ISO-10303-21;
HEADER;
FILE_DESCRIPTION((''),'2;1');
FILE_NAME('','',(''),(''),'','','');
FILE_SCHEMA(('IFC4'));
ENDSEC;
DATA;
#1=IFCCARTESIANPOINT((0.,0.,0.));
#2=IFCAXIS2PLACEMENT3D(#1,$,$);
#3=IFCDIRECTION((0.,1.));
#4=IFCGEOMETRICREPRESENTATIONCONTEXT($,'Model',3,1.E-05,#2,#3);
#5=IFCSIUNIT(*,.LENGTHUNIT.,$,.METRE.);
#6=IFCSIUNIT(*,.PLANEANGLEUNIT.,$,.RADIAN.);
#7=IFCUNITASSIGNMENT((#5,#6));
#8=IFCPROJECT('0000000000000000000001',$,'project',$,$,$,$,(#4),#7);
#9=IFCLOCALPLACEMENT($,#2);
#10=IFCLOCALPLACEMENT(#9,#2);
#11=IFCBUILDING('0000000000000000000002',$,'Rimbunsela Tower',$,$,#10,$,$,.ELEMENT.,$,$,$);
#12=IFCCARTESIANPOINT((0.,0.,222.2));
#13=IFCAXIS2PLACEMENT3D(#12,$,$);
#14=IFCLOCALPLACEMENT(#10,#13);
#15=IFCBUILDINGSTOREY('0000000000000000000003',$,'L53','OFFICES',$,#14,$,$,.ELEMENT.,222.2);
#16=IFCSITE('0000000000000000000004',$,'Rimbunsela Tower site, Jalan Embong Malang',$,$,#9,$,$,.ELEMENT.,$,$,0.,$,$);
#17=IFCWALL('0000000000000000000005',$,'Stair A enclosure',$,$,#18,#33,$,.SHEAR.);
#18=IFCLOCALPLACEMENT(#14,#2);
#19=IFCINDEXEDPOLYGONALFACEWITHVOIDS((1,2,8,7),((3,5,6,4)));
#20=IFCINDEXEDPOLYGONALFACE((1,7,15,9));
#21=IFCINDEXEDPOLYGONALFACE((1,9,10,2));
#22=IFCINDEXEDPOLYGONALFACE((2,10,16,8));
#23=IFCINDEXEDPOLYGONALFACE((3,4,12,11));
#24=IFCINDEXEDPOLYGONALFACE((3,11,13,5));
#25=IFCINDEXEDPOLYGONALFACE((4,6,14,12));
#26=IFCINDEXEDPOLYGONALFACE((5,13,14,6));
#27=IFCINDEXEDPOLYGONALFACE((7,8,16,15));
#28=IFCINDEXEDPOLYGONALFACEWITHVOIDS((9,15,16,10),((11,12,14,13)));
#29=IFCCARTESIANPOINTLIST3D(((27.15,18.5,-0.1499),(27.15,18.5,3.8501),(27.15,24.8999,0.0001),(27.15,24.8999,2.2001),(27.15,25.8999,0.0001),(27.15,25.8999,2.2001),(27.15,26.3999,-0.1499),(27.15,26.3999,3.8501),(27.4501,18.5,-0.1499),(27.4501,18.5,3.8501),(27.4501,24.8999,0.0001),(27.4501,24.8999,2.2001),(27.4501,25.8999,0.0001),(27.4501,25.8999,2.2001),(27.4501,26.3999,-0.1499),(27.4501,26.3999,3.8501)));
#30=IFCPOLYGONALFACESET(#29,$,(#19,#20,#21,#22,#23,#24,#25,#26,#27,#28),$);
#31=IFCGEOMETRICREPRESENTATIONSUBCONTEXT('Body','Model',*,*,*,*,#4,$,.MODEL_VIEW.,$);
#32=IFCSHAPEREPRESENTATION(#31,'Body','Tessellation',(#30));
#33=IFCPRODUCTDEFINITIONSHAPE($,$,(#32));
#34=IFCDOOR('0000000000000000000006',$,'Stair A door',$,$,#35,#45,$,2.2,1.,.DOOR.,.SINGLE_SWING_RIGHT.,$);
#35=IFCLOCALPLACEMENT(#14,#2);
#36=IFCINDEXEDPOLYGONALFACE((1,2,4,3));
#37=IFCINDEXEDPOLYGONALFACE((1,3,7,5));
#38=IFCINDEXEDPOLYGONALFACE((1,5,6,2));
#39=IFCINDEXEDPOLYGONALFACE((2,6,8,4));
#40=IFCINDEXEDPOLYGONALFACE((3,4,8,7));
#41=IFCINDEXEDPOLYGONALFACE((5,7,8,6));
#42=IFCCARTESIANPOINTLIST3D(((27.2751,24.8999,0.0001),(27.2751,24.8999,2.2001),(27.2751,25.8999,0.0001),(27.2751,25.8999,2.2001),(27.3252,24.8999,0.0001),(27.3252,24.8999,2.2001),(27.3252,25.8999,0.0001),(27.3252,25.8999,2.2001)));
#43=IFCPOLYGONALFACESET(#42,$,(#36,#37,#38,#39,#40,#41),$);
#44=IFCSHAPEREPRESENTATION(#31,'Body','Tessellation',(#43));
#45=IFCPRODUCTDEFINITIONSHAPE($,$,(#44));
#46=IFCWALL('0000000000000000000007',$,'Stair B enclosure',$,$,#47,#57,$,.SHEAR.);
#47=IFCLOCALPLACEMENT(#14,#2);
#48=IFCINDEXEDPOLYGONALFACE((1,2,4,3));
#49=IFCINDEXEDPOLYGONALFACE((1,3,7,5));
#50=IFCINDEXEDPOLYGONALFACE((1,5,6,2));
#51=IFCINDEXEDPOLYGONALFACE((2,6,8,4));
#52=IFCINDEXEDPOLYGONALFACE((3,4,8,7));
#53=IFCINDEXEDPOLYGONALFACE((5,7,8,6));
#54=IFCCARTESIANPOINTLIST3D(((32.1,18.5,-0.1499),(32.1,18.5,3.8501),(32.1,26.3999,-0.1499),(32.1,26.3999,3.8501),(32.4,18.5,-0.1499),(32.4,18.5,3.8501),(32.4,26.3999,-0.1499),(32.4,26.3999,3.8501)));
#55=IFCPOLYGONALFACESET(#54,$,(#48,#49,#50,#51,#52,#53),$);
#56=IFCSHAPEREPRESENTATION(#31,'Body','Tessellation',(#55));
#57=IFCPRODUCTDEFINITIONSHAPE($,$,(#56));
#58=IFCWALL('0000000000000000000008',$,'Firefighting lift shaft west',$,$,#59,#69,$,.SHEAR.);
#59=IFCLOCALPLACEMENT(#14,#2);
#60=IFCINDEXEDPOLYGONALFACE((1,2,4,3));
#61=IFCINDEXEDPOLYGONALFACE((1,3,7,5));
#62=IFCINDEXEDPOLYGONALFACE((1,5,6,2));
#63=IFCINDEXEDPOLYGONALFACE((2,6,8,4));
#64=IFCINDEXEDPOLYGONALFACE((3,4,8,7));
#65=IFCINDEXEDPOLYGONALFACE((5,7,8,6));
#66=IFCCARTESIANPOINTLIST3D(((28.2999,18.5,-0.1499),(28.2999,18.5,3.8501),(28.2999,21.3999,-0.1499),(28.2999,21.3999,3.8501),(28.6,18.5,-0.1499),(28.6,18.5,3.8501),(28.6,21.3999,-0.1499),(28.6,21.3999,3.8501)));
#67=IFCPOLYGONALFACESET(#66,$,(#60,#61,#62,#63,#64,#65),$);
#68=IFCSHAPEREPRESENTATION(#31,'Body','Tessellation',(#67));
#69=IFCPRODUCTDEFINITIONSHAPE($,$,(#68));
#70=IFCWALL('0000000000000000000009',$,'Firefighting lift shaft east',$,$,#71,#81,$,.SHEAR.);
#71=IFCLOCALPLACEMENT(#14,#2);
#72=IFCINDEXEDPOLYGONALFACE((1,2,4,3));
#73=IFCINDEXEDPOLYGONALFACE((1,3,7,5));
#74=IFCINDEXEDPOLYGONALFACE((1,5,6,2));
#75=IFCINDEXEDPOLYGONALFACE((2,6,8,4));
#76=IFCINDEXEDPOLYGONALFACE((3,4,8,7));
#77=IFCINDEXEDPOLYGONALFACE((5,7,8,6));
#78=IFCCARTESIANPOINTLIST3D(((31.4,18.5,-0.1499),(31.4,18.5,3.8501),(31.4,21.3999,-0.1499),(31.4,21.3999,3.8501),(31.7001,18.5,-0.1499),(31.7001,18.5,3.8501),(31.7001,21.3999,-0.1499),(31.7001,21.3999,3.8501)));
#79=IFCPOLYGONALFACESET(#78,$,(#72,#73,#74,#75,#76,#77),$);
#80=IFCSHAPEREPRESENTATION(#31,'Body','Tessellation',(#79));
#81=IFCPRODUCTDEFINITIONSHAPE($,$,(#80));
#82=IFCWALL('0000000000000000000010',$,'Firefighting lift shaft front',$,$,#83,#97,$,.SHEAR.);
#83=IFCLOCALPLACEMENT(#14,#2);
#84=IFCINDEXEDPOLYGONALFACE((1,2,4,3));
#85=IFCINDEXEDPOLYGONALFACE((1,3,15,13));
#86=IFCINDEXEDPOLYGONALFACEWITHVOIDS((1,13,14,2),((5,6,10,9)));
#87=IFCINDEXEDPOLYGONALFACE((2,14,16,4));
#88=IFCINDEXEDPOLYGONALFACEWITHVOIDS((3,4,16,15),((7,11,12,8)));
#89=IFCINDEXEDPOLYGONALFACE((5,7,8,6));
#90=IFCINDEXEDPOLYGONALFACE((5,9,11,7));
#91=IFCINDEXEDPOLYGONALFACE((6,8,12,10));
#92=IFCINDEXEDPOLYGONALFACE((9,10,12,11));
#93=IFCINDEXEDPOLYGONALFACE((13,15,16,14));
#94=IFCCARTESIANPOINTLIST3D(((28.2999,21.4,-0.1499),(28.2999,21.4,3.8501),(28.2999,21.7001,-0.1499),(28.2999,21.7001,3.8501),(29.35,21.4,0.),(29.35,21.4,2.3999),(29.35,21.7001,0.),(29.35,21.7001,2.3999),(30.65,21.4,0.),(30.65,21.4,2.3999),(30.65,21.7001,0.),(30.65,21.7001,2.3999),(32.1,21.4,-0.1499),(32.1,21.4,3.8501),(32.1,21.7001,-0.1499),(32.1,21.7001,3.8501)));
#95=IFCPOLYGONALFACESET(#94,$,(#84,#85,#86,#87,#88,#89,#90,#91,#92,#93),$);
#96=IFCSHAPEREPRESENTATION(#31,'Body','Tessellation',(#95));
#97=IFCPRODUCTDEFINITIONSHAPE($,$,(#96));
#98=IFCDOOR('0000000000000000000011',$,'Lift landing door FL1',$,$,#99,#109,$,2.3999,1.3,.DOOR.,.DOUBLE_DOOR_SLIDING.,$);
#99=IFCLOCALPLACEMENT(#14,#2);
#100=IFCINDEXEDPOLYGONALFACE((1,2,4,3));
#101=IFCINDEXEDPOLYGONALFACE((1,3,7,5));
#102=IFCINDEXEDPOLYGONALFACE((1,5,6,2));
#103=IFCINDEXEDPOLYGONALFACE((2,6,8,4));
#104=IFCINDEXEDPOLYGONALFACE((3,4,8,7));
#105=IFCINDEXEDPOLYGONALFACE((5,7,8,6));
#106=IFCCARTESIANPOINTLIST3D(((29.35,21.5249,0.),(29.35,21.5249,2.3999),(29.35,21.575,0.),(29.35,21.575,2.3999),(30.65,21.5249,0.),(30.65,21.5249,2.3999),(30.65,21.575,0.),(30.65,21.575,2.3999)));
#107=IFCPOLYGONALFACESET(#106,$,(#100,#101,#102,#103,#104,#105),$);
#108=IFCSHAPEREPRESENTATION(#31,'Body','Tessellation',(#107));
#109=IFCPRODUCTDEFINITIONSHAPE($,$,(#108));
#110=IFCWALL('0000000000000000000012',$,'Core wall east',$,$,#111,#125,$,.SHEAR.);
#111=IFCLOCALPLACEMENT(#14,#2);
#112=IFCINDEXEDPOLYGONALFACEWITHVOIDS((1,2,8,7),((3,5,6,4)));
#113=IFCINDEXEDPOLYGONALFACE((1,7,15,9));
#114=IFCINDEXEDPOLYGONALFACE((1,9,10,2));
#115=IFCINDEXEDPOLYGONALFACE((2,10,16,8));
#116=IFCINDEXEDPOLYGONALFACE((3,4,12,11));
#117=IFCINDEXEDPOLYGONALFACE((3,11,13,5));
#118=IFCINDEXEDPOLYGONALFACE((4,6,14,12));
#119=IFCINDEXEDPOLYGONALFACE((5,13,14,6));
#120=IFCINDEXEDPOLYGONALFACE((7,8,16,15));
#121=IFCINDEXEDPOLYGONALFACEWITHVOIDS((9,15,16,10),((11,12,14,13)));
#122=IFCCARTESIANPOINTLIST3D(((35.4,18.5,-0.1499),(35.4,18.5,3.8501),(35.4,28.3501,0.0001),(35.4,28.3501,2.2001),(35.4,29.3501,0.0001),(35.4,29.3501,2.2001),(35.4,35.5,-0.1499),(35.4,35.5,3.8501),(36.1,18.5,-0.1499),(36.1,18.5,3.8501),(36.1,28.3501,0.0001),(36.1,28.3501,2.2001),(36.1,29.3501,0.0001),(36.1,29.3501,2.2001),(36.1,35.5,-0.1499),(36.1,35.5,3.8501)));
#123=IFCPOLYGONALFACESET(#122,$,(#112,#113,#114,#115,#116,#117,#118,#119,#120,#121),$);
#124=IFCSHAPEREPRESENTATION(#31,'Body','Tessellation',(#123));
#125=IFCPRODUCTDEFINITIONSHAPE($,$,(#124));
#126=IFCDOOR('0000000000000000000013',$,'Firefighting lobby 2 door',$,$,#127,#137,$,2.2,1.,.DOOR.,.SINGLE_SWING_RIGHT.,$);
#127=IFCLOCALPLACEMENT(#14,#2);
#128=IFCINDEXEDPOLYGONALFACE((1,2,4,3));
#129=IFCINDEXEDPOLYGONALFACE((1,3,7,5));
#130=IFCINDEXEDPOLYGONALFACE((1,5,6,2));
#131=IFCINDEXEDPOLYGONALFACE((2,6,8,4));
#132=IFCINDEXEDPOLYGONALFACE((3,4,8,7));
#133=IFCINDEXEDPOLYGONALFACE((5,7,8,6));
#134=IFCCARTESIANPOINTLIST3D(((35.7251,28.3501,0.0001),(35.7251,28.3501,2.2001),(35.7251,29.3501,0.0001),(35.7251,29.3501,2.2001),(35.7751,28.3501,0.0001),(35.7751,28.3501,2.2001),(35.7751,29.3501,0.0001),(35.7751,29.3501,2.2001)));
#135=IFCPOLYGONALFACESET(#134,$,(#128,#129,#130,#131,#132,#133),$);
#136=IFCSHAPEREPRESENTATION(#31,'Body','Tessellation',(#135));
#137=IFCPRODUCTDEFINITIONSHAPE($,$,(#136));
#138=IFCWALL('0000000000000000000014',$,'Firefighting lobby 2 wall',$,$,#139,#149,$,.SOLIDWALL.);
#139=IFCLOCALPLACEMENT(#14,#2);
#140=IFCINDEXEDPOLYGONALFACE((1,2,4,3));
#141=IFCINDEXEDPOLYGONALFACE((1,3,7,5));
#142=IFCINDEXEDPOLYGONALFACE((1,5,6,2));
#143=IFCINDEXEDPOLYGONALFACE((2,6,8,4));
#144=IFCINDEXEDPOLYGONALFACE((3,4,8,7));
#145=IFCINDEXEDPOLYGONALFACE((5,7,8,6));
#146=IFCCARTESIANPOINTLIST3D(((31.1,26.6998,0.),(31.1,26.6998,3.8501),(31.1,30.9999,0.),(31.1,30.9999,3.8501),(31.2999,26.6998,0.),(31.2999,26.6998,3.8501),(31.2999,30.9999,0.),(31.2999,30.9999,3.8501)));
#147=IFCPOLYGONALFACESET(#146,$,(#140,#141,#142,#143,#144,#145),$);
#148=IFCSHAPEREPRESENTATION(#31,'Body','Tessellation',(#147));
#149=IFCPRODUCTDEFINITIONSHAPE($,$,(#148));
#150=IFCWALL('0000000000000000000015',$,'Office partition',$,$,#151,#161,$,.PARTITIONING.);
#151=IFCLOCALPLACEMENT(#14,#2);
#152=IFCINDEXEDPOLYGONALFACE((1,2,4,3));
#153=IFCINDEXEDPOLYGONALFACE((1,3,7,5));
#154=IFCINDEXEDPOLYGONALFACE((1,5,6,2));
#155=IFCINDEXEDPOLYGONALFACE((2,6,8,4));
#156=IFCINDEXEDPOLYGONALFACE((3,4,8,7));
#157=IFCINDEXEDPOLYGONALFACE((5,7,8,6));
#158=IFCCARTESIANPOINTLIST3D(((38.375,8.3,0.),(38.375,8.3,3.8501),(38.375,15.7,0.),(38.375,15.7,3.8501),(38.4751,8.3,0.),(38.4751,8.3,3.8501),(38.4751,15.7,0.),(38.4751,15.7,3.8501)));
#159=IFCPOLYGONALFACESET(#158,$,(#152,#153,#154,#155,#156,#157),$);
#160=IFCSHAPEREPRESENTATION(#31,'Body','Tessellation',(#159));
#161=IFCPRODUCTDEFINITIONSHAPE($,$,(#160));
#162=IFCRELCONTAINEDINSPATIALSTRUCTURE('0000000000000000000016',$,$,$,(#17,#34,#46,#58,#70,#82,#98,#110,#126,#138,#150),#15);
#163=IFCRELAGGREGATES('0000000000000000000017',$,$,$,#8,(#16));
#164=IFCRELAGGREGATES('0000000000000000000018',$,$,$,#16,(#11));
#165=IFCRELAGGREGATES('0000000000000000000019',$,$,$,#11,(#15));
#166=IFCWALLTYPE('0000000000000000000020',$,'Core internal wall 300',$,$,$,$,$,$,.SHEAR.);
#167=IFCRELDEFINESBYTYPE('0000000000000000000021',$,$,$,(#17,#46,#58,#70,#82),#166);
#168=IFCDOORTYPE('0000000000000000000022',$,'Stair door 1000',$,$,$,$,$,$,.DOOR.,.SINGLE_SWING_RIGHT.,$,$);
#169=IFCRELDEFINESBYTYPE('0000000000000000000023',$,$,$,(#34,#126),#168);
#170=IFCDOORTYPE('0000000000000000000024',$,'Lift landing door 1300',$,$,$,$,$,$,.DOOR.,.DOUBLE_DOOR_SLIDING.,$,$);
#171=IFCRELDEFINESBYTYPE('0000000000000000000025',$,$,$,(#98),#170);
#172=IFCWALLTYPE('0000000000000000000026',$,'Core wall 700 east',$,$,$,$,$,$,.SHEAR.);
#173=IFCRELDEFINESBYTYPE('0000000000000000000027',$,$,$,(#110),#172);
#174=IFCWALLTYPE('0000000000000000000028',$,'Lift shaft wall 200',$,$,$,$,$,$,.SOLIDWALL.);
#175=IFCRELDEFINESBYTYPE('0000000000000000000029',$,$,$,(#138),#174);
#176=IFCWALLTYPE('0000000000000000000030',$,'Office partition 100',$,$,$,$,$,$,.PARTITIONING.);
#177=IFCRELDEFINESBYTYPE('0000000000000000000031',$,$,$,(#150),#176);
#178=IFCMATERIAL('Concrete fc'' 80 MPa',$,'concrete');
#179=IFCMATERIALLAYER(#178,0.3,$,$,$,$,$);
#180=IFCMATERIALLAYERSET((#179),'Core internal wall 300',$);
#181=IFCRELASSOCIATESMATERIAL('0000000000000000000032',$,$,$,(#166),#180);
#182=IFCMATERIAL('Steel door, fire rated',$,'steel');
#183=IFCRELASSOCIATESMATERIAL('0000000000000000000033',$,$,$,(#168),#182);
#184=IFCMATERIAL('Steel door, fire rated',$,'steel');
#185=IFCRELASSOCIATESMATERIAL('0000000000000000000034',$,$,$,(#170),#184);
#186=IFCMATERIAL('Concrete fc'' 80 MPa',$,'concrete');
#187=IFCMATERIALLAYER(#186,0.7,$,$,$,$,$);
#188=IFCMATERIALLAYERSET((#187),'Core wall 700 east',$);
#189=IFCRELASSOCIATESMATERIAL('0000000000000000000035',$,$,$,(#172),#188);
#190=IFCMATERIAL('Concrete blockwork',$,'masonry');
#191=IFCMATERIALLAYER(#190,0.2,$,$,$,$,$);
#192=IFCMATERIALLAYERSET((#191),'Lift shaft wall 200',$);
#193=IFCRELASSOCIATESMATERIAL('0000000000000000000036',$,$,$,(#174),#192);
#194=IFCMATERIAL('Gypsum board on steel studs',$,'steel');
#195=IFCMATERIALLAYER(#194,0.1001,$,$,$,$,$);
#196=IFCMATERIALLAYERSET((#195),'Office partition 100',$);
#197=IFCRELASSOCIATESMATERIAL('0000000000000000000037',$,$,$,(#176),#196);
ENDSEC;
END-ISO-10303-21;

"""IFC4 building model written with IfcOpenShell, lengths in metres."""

from ifc_helpers import new_model, si_unit, direction, frame, frame_2d, origin, place, context, subcontext, project, spatial, rectangle, extrude, material, layer, layer_set, type_object, element, fill, save


model = new_model("IFC4")

# Units and contexts
model_context = context("Model", 3, precision=1e-05, world=origin(), true_north=direction((0.0, 1.0)))
body_context = subcontext(model_context, "Body", "Model", "MODEL_VIEW")
ifc_project = project(units=[si_unit("LENGTHUNIT", "METRE"), si_unit("PLANEANGLEUNIT", "RADIAN")], contexts=[model_context])

# Site, building, storey
site_placement = place(None, origin())
site = spatial("IfcSite", under=ifc_project, at=site_placement, Name="Rimbunsela Tower site, Jalan Embong Malang", CompositionType="ELEMENT", RefElevation=0.0)
building_placement = place(site_placement, origin())
building = spatial("IfcBuilding", under=site, at=building_placement, Name="Rimbunsela Tower", CompositionType="ELEMENT")
storey_placement = place(building_placement, frame((0.0, 0.0, 222.2)))
storey = spatial("IfcBuildingStorey", under=building, at=storey_placement, Name="L53", Description="OFFICES", CompositionType="ELEMENT", Elevation=222.2)

# Shared definitions
ifc_material_1 = material(Name="Concrete fc' 80 MPa", Category="concrete")
ifc_layer_1 = layer(ifc_material_1, 0.3)
ifc_layer_set_1 = layer_set([ifc_layer_1], Name="Core internal wall 300")
wall_type_1 = type_object("IfcWallType", Name="Core internal wall 300", PredefinedType="SHEAR", material=ifc_layer_set_1)

# Shared definitions
ifc_material_2 = material(Name="Steel door, fire rated", Category="steel")
door_type_1 = type_object("IfcDoorType", Name="Stair door 1000", OperationType="SINGLE_SWING_RIGHT", PredefinedType="DOOR", material=ifc_material_2)

# Wall, opening, door
wall_1_placement = place(storey_placement, frame((27.3, 18.5, -0.1499), z_axis=(0.0, 0.0, 1.0), x_axis=(0.0, 1.0, 0.0)))
wall_1 = element("IfcWall", 1, at=wall_1_placement, inside=storey, type_object=wall_type_1, Name="Stair A enclosure", PredefinedType="SHEAR", context=body_context, shape_type="SweptSolid", body=[
    extrude(rectangle(XDim=7.8999, YDim=0.3, at=frame_2d((3.95, 0.0))), origin(), (0.0, 0.0, 1.0), 4.0),
])
opening_1_placement = place(wall_1_placement, frame((6.3999, 0.0, 0.1499)))
opening_1 = element("IfcOpeningElement", 2, at=opening_1_placement, cuts=wall_1, PredefinedType="OPENING", context=body_context, shape_type="SweptSolid", body=[
    extrude(rectangle(XDim=1.0, YDim=2.2, at=frame_2d((0.5, 1.1001))), frame((0.0, 0.1599, 0.0), z_axis=(0.0, -1.0, 0.0), x_axis=(1.0, 0.0, 0.0)), (0.0, 0.0, 1.0), 0.3201),
])
door_1_placement = place(opening_1_placement, origin())
door_1 = element("IfcDoor", 3, at=door_1_placement, inside=storey, type_object=door_type_1, Name="Stair A door", OperationType="SINGLE_SWING_RIGHT", OverallHeight=2.2, OverallWidth=1.0, PredefinedType="DOOR", context=body_context, shape_type="SweptSolid", body=[
    extrude(rectangle(XDim=1.0, YDim=2.2, at=frame_2d((0.5, 1.1001))), frame((0.0, 0.0249, 0.0), z_axis=(0.0, -1.0, 0.0), x_axis=(1.0, 0.0, 0.0)), (0.0, 0.0, 1.0), 0.05),
])
fill(opening_1, door_1)

# Walls
wall_2_placement = place(storey_placement, frame((32.25, 18.5, -0.1499), z_axis=(0.0, 0.0, 1.0), x_axis=(0.0, 1.0, 0.0)))
element("IfcWall", 4, at=wall_2_placement, inside=storey, type_object=wall_type_1, Name="Stair B enclosure", PredefinedType="SHEAR", context=body_context, shape_type="SweptSolid", body=[
    extrude(rectangle(XDim=7.8999, YDim=0.3, at=frame_2d((3.95, 0.0))), origin(), (0.0, 0.0, 1.0), 4.0),
])
for number, where, z_axis, x_axis, name in (
    (5, (28.45, 18.5, -0.1499), (0.0, 0.0, 1.0), (0.0, 1.0, 0.0), "Firefighting lift shaft west"),
    (6, (31.55, 18.5, -0.1499), (0.0, 0.0, 1.0), (0.0, 1.0, 0.0), "Firefighting lift shaft east"),
):
    element("IfcWall", number, at=place(storey_placement, frame(where, z_axis=z_axis, x_axis=x_axis)), inside=storey, type_object=wall_type_1, Name=name, PredefinedType="SHEAR", context=body_context, shape_type="SweptSolid", body=[
        extrude(rectangle(XDim=2.8999, YDim=0.3, at=frame_2d((1.45, 0.0))), origin(), (0.0, 0.0, 1.0), 4.0),
    ])

# Walls, openings, doors
wall_3_placement = place(storey_placement, frame((28.3, 21.55, -0.1499), z_axis=(0.0, 0.0, 1.0), x_axis=(1.0, 0.0, 0.0)))
wall_3 = element("IfcWall", 7, at=wall_3_placement, inside=storey, type_object=wall_type_1, Name="Firefighting lift shaft front", PredefinedType="SHEAR", context=body_context, shape_type="SweptSolid", body=[
    extrude(rectangle(XDim=3.8, YDim=0.3, at=frame_2d((1.8999, 0.0))), origin(), (0.0, 0.0, 1.0), 4.0),
])
opening_2_placement = place(wall_3_placement, frame((1.05, 0.0, 0.1499)))
opening_2 = element("IfcOpeningElement", 8, at=opening_2_placement, cuts=wall_3, PredefinedType="OPENING", context=body_context, shape_type="SweptSolid", body=[
    extrude(rectangle(XDim=1.3, YDim=2.3999, at=frame_2d((0.6499, 1.2))), frame((0.0, 0.1599, 0.0), z_axis=(0.0, -1.0, 0.0), x_axis=(1.0, 0.0, 0.0)), (0.0, 0.0, 1.0), 0.3201),
])
ifc_material_3 = material(Name="Steel door, fire rated", Category="steel")
door_type_2 = type_object("IfcDoorType", Name="Lift landing door 1300", OperationType="DOUBLE_DOOR_SLIDING", PredefinedType="DOOR", material=ifc_material_3)
door_2_placement = place(opening_2_placement, origin())
door_2 = element("IfcDoor", 9, at=door_2_placement, inside=storey, type_object=door_type_2, Name="Lift landing door FL1", OperationType="DOUBLE_DOOR_SLIDING", OverallHeight=2.3999, OverallWidth=1.3, PredefinedType="DOOR", context=body_context, shape_type="SweptSolid", body=[
    extrude(rectangle(XDim=1.3, YDim=2.3999, at=frame_2d((0.6499, 1.2))), frame((0.0, 0.0249, 0.0), z_axis=(0.0, -1.0, 0.0), x_axis=(1.0, 0.0, 0.0)), (0.0, 0.0, 1.0), 0.05),
])
fill(opening_2, door_2)
ifc_material_4 = material(Name="Concrete fc' 80 MPa", Category="concrete")
ifc_layer_2 = layer(ifc_material_4, 0.7)
ifc_layer_set_2 = layer_set([ifc_layer_2], Name="Core wall 700 east")
wall_type_2 = type_object("IfcWallType", Name="Core wall 700 east", PredefinedType="SHEAR", material=ifc_layer_set_2)
wall_4_placement = place(storey_placement, frame((35.75, 18.5, -0.1499), z_axis=(0.0, 0.0, 1.0), x_axis=(0.0, 1.0, 0.0)))
wall_4 = element("IfcWall", 10, at=wall_4_placement, inside=storey, type_object=wall_type_2, Name="Core wall east", PredefinedType="SHEAR", context=body_context, shape_type="SweptSolid", body=[
    extrude(rectangle(XDim=17.0, YDim=0.7, at=frame_2d((8.5, 0.0))), origin(), (0.0, 0.0, 1.0), 4.0),
])
opening_3_placement = place(wall_4_placement, frame((9.8501, 0.0, 0.1499)))
opening_3 = element("IfcOpeningElement", 11, at=opening_3_placement, cuts=wall_4, PredefinedType="OPENING", context=body_context, shape_type="SweptSolid", body=[
    extrude(rectangle(XDim=1.0, YDim=2.2, at=frame_2d((0.5, 1.1001))), frame((0.0, 0.3599, 0.0), z_axis=(0.0, -1.0, 0.0), x_axis=(1.0, 0.0, 0.0)), (0.0, 0.0, 1.0), 0.72),
])
door_3_placement = place(opening_3_placement, origin())
door_3 = element("IfcDoor", 12, at=door_3_placement, inside=storey, type_object=door_type_1, Name="Firefighting lobby 2 door", OperationType="SINGLE_SWING_RIGHT", OverallHeight=2.2, OverallWidth=1.0, PredefinedType="DOOR", context=body_context, shape_type="SweptSolid", body=[
    extrude(rectangle(XDim=1.0, YDim=2.2, at=frame_2d((0.5, 1.1001))), frame((0.0, 0.0249, 0.0), z_axis=(0.0, -1.0, 0.0), x_axis=(1.0, 0.0, 0.0)), (0.0, 0.0, 1.0), 0.05),
])
fill(opening_3, door_3)

# Walls
ifc_material_5 = material(Name="Concrete blockwork", Category="masonry")
ifc_layer_3 = layer(ifc_material_5, 0.2)
ifc_layer_set_3 = layer_set([ifc_layer_3], Name="Lift shaft wall 200")
wall_type_3 = type_object("IfcWallType", Name="Lift shaft wall 200", PredefinedType="SOLIDWALL", material=ifc_layer_set_3)
wall_5_placement = place(storey_placement, frame((31.2, 26.7, 0.0), z_axis=(0.0, 0.0, 1.0), x_axis=(0.0, 1.0, 0.0)))
element("IfcWall", 13, at=wall_5_placement, inside=storey, type_object=wall_type_3, Name="Firefighting lobby 2 wall", PredefinedType="SOLIDWALL", context=body_context, shape_type="SweptSolid", body=[
    extrude(rectangle(XDim=4.3, YDim=0.2, at=frame_2d((2.1499, 0.0))), origin(), (0.0, 0.0, 1.0), 3.8501),
])
ifc_material_6 = material(Name="Gypsum board on steel studs", Category="steel")
ifc_layer_4 = layer(ifc_material_6, 0.1001)
ifc_layer_set_4 = layer_set([ifc_layer_4], Name="Office partition 100")
wall_type_4 = type_object("IfcWallType", Name="Office partition 100", PredefinedType="PARTITIONING", material=ifc_layer_set_4)
wall_6_placement = place(storey_placement, frame((38.425, 15.7, 0.0), z_axis=(0.0, 0.0, 1.0), x_axis=(0.0, -1.0, 0.0)))
element("IfcWall", 14, at=wall_6_placement, inside=storey, type_object=wall_type_4, Name="Office partition", PredefinedType="PARTITIONING", context=body_context, shape_type="SweptSolid", body=[
    extrude(rectangle(XDim=7.3999, YDim=0.1001, at=frame_2d((3.7, 0.0))), origin(), (0.0, 0.0, 1.0), 3.8501),
])

save(model, "model.ifc")
